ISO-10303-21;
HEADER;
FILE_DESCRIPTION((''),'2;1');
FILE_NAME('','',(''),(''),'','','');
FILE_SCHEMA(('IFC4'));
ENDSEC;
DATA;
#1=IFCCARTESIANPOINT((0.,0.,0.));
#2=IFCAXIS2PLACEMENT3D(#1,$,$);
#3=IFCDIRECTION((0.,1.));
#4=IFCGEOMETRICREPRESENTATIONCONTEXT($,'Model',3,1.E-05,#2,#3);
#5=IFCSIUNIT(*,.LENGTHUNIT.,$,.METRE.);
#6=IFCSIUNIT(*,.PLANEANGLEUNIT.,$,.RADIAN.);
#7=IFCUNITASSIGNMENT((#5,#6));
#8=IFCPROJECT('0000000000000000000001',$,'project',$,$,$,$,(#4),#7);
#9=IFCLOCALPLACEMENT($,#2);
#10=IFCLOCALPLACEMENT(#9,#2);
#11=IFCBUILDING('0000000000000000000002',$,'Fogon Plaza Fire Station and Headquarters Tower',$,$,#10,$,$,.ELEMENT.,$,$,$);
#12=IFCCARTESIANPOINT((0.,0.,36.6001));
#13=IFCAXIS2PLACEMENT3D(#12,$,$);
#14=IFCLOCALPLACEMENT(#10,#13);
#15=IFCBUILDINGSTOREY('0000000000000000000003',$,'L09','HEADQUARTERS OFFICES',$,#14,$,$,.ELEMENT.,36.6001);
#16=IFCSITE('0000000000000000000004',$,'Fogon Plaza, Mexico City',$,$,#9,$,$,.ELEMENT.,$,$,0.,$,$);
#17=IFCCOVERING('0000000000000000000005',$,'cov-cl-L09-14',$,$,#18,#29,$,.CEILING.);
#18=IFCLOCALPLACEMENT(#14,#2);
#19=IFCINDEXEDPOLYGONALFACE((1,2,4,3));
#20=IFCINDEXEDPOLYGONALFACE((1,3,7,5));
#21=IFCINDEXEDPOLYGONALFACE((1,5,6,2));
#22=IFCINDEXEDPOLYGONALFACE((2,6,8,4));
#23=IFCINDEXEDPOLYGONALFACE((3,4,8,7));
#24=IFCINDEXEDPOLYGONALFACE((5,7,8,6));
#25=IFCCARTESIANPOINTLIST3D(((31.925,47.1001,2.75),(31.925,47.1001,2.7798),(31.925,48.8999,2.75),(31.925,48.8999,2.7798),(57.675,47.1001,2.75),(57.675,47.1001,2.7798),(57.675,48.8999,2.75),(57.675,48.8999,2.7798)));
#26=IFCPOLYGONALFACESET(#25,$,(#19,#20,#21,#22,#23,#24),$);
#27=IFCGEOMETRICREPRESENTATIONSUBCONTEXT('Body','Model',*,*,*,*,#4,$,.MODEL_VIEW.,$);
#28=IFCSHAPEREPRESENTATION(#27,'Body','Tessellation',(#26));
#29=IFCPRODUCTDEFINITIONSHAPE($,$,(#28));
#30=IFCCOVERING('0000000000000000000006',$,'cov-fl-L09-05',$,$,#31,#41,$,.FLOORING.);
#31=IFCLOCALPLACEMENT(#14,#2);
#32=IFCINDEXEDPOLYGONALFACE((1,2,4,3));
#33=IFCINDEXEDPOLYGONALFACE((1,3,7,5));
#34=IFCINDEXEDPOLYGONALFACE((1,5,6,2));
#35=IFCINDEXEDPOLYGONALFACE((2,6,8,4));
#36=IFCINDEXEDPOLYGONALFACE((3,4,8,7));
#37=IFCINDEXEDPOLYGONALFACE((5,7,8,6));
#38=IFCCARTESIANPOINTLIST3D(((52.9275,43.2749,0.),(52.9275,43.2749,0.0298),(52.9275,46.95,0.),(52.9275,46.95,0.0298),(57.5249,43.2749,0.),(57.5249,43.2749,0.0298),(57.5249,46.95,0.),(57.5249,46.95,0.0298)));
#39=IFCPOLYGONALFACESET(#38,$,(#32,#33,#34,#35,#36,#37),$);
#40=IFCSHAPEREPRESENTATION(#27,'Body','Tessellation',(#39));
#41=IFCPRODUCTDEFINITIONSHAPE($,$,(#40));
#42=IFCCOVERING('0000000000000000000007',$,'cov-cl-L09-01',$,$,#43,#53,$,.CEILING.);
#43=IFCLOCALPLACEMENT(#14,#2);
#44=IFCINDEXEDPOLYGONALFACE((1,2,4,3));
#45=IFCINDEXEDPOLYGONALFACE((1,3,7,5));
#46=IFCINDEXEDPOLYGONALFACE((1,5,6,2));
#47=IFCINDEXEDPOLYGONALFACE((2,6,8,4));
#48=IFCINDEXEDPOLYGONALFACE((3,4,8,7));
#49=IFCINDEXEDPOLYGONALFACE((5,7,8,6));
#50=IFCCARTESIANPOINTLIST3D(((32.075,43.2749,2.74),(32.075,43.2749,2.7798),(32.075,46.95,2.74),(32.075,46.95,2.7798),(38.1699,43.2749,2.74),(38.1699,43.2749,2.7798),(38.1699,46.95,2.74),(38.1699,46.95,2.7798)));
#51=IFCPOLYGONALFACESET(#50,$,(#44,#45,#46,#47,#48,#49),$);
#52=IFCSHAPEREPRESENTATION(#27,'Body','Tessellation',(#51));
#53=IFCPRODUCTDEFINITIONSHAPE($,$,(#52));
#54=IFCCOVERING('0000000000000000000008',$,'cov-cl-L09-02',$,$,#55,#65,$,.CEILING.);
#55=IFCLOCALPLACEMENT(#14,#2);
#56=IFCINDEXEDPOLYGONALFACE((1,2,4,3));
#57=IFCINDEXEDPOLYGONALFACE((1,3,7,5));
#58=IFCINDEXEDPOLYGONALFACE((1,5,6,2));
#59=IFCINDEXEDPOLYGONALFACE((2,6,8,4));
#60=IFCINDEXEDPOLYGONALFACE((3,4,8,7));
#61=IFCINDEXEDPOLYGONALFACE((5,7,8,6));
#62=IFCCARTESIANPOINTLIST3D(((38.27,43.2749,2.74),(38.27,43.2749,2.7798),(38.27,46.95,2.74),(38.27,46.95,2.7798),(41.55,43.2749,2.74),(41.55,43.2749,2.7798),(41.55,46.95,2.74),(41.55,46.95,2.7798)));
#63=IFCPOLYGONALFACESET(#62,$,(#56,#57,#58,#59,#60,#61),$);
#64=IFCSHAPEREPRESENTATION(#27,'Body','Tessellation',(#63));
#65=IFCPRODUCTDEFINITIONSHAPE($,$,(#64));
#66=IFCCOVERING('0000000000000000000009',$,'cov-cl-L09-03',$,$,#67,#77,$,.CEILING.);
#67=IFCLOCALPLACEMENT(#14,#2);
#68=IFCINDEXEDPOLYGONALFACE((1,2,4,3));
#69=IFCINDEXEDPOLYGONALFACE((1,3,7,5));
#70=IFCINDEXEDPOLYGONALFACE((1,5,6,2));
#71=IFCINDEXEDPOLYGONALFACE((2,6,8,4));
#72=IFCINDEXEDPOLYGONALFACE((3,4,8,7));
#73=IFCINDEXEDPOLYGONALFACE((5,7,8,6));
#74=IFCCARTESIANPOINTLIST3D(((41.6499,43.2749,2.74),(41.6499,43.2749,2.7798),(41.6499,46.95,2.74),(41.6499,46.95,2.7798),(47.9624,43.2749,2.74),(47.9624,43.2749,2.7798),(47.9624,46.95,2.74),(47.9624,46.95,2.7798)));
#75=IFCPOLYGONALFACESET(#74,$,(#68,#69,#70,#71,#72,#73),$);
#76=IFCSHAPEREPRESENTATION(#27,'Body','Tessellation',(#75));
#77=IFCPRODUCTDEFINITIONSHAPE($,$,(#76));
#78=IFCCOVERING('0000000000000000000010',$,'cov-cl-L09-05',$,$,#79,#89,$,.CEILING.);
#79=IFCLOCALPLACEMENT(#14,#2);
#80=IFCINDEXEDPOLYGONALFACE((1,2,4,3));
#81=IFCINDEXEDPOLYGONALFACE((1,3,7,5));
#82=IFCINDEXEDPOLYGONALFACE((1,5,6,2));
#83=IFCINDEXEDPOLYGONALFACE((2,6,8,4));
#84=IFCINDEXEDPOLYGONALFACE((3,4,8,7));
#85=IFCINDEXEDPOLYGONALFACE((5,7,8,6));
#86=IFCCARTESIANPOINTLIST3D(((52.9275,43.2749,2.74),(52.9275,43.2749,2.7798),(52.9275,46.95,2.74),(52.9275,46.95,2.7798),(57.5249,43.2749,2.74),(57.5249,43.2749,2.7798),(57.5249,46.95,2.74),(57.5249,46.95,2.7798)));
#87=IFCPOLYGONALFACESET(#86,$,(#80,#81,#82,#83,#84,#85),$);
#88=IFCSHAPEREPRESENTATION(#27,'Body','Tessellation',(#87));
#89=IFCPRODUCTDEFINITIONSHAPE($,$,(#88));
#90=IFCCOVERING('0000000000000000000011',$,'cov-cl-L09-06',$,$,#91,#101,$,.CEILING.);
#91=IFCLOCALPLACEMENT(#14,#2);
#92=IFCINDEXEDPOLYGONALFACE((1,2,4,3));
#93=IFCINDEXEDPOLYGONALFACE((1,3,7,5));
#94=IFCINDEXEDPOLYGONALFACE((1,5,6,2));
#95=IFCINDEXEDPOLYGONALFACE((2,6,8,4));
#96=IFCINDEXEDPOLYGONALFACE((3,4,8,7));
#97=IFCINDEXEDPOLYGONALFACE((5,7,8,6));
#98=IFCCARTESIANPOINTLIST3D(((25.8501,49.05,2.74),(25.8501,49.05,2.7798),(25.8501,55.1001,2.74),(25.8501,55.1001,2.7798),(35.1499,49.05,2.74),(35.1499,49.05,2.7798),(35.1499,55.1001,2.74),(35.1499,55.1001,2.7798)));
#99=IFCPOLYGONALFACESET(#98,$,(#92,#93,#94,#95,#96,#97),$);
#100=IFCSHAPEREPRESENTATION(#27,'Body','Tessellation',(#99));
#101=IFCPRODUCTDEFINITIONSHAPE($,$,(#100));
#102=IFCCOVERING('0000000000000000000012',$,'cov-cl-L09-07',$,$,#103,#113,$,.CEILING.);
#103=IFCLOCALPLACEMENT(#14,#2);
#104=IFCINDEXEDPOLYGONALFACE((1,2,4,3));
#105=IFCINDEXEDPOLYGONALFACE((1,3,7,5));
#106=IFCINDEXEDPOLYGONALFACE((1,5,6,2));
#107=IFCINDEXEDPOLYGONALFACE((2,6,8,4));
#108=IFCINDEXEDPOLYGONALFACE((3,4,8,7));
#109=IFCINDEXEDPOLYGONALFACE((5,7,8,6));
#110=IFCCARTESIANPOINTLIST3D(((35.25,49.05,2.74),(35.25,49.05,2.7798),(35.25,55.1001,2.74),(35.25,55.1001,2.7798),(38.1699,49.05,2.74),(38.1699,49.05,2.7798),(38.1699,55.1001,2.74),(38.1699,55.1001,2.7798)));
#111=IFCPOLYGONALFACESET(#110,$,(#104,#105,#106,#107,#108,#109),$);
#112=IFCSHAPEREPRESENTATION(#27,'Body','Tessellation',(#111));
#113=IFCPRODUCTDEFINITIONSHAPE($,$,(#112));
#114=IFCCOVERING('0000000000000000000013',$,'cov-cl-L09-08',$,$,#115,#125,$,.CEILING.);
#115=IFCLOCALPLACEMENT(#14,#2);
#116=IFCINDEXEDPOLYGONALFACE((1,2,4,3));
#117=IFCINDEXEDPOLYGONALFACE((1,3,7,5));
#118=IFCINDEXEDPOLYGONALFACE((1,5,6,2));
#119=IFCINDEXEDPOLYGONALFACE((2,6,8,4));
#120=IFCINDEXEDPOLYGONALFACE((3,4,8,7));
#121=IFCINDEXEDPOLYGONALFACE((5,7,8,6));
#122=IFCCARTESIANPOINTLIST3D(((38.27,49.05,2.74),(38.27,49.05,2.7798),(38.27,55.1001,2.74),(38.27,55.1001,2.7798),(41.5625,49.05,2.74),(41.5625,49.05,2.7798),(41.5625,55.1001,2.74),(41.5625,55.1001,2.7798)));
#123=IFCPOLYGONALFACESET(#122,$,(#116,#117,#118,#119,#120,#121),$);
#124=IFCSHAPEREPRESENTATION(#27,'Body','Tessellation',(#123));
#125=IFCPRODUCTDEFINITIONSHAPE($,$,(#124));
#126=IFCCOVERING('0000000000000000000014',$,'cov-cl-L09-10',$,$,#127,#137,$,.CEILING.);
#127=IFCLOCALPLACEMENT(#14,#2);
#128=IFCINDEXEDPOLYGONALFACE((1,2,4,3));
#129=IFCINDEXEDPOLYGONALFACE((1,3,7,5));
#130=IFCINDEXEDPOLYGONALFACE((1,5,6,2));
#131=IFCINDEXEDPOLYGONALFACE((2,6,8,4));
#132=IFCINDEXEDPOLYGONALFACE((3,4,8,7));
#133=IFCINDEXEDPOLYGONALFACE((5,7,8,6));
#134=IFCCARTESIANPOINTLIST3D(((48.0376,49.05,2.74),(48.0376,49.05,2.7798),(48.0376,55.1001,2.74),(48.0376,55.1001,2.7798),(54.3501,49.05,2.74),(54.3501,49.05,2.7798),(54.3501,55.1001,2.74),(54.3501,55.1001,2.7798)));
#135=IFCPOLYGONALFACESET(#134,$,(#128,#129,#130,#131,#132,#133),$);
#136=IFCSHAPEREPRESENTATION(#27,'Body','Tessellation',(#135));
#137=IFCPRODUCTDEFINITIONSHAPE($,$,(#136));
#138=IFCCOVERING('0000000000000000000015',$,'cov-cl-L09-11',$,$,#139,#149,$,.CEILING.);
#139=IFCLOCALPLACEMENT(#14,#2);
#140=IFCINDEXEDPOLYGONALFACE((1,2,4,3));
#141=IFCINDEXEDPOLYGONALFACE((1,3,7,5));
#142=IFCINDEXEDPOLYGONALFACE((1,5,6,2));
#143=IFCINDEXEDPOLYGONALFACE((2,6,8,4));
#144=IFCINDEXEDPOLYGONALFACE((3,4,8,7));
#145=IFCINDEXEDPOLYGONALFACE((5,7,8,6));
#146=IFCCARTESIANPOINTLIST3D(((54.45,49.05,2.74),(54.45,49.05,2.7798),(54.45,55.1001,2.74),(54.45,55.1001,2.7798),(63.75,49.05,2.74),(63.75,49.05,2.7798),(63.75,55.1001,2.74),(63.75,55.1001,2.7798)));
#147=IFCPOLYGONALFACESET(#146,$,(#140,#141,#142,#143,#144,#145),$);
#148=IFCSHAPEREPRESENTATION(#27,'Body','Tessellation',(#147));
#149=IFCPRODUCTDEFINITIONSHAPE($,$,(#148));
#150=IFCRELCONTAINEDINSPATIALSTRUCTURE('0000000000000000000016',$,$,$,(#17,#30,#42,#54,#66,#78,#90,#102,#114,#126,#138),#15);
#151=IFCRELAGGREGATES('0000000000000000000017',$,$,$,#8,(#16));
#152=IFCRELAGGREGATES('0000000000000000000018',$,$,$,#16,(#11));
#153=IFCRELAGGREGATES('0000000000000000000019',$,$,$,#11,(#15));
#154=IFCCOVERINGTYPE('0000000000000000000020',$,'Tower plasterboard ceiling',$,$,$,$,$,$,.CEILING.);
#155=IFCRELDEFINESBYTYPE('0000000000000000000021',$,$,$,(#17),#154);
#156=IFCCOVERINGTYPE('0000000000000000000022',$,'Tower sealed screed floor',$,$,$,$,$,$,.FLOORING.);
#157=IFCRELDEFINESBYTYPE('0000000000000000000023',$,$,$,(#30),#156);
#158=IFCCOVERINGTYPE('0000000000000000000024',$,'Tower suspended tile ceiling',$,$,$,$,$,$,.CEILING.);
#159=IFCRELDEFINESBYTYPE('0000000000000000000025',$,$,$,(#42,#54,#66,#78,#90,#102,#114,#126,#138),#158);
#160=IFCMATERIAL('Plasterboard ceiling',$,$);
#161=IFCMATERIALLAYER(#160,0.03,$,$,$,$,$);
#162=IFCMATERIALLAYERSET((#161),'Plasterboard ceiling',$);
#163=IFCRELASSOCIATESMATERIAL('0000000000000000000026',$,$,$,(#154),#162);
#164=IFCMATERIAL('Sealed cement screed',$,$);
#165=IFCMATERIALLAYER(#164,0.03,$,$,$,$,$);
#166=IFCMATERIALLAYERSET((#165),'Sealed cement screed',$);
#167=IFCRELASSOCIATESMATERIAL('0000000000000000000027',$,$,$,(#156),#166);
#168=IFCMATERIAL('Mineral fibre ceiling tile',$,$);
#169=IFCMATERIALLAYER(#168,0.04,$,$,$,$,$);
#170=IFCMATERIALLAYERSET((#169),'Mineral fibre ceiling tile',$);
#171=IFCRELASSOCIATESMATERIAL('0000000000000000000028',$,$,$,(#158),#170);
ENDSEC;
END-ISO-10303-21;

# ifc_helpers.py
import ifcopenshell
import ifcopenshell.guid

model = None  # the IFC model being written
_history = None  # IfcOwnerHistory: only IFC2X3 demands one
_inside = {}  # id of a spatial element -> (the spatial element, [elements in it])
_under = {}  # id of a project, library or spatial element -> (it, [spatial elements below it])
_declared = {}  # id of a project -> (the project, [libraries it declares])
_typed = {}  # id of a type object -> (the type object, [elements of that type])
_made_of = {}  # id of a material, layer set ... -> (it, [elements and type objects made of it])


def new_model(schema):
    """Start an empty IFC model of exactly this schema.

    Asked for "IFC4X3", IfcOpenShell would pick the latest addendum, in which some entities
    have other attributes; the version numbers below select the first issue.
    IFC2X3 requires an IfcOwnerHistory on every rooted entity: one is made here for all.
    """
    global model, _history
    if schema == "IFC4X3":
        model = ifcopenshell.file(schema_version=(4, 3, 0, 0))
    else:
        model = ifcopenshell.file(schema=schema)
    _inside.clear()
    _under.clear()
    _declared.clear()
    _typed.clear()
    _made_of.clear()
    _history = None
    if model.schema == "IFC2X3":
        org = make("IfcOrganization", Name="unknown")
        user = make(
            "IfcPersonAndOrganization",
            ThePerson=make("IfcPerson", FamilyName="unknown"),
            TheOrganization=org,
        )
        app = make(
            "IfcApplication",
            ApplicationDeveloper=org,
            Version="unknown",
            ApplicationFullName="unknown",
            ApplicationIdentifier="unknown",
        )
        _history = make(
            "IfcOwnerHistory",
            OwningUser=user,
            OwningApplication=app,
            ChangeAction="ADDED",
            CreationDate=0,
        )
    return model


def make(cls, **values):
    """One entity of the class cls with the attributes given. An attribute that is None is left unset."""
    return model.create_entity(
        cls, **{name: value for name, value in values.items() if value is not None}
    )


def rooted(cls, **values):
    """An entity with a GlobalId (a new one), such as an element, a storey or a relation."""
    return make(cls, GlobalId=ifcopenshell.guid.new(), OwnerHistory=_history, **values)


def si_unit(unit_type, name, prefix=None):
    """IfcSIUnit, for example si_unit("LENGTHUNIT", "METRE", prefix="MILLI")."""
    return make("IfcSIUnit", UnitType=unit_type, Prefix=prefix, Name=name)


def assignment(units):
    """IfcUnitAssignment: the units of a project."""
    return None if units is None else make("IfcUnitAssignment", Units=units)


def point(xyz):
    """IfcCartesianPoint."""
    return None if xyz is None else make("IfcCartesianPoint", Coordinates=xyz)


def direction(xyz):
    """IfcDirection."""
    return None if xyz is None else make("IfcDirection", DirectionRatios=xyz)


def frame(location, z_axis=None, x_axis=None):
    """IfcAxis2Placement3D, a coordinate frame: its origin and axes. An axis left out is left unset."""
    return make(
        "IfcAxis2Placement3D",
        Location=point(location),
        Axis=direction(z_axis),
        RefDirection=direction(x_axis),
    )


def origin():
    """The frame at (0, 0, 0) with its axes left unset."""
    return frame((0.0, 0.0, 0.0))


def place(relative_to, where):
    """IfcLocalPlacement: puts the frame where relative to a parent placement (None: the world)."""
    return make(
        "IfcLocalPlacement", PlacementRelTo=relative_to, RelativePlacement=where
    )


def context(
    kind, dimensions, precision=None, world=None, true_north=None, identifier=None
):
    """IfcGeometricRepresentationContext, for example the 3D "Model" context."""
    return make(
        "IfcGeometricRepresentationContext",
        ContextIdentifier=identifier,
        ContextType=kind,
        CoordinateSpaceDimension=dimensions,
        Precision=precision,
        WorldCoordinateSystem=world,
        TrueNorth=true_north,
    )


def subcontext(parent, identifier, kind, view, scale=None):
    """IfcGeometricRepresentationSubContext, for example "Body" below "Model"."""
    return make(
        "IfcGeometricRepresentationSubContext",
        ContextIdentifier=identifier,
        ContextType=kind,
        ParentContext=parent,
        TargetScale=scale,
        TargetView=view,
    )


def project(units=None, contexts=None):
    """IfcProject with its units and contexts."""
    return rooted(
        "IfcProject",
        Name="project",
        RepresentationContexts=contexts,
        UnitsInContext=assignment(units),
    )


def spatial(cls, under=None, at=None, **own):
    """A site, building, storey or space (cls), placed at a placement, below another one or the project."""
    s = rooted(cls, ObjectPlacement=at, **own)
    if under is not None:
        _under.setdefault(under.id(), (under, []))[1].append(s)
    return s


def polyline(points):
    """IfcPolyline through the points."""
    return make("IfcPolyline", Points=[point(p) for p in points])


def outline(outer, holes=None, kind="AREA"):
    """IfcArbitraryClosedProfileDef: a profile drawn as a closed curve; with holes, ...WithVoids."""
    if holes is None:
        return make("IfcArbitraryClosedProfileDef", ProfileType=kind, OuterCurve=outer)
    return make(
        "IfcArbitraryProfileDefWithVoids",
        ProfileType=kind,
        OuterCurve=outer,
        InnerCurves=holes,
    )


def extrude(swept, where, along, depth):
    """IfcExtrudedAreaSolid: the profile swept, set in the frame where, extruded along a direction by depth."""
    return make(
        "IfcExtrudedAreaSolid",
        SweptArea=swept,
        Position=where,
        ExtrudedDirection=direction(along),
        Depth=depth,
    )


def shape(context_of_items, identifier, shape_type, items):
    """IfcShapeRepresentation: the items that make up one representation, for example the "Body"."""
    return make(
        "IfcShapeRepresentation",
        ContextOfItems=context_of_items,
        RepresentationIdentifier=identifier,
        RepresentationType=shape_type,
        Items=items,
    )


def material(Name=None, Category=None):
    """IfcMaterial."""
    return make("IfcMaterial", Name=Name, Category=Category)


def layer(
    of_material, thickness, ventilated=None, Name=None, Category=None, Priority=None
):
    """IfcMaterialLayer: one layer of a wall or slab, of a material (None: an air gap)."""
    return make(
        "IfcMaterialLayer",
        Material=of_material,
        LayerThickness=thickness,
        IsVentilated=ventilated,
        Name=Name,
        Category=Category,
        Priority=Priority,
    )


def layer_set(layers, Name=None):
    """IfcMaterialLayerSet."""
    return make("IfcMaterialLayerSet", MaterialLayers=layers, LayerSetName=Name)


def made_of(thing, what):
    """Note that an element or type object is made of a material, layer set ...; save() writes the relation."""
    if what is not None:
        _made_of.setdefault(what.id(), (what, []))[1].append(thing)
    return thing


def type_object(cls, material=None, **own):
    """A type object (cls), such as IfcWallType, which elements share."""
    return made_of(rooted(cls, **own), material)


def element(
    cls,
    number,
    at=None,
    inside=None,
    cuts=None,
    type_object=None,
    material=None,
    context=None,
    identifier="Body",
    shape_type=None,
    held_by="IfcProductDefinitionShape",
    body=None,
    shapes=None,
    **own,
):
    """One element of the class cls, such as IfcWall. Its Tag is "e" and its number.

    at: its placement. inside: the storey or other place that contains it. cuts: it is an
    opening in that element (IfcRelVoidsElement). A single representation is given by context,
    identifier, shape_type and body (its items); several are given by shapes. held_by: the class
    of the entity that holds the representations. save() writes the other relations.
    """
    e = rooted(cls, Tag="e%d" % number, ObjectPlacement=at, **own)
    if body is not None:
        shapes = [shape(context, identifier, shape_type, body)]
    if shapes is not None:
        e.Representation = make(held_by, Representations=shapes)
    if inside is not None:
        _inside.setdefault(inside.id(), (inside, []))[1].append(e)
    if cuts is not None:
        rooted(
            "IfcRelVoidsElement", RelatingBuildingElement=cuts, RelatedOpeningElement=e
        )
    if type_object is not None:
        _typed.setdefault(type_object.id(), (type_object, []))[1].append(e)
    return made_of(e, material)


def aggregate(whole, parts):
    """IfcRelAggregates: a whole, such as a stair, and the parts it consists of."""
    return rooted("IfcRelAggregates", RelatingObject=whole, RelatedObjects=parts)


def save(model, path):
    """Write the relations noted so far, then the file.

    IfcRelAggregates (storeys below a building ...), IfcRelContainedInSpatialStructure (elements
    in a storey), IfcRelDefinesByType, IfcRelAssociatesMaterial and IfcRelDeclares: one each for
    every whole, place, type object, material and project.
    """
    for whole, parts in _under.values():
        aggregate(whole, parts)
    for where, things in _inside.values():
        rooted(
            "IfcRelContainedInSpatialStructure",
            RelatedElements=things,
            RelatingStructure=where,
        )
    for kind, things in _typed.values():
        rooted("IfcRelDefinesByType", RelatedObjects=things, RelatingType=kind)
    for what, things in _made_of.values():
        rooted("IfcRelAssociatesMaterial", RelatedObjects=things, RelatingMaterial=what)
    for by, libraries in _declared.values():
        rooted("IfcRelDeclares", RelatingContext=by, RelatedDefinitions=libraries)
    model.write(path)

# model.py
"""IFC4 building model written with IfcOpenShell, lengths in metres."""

from ifc_helpers import new_model, si_unit, direction, frame, origin, place, context, subcontext, project, spatial, polyline, outline, extrude, material, layer, layer_set, type_object, element, save


model = new_model("IFC4")

# Units and contexts
model_context = context("Model", 3, precision=1e-05, world=origin(), true_north=direction((0.0, 1.0)))
body_context = subcontext(model_context, "Body", "Model", "MODEL_VIEW")
ifc_project = project(units=[si_unit("LENGTHUNIT", "METRE"), si_unit("PLANEANGLEUNIT", "RADIAN")], contexts=[model_context])

# Site, building, storey
site_placement = place(None, origin())
site = spatial("IfcSite", under=ifc_project, at=site_placement, Name="Fogon Plaza, Mexico City", CompositionType="ELEMENT", RefElevation=0.0)
building_placement = place(site_placement, origin())
building = spatial("IfcBuilding", under=site, at=building_placement, Name="Fogon Plaza Fire Station and Headquarters Tower", CompositionType="ELEMENT")
storey_placement = place(building_placement, frame((0.0, 0.0, 36.6001)))
storey = spatial("IfcBuildingStorey", under=building, at=storey_placement, Name="L09", Description="HEADQUARTERS OFFICES", CompositionType="ELEMENT", Elevation=36.6001)

# Coverings
ifc_material_1 = material(Name="Plasterboard ceiling")
ifc_layer_1 = layer(ifc_material_1, 0.03)
ifc_layer_set_1 = layer_set([ifc_layer_1], Name="Plasterboard ceiling")
covering_type_1 = type_object("IfcCoveringType", Name="Tower plasterboard ceiling", PredefinedType="CEILING", material=ifc_layer_set_1)
covering_1_placement = place(storey_placement, frame((0.0, 0.0, 2.75)))
element("IfcCovering", 1, at=covering_1_placement, inside=storey, type_object=covering_type_1, Name="cov-cl-L09-14", PredefinedType="CEILING", context=body_context, shape_type="SweptSolid", body=[
    extrude(outline(polyline([(57.675, 47.1001), (57.675, 48.8999), (31.925, 48.8999), (31.925, 47.1001), (57.675, 47.1001)])), origin(), (0.0, 0.0, 1.0), 0.0298),
])
ifc_material_2 = material(Name="Sealed cement screed")
ifc_layer_2 = layer(ifc_material_2, 0.03)
ifc_layer_set_2 = layer_set([ifc_layer_2], Name="Sealed cement screed")
covering_type_2 = type_object("IfcCoveringType", Name="Tower sealed screed floor", PredefinedType="FLOORING", material=ifc_layer_set_2)
covering_2_placement = place(storey_placement, origin())
element("IfcCovering", 2, at=covering_2_placement, inside=storey, type_object=covering_type_2, Name="cov-fl-L09-05", PredefinedType="FLOORING", context=body_context, shape_type="SweptSolid", body=[
    extrude(outline(polyline([(57.5249, 43.2749), (57.5249, 46.95), (52.9275, 46.95), (52.9275, 43.2749), (57.5249, 43.2749)])), origin(), (0.0, 0.0, 1.0), 0.0298),
])
ifc_material_3 = material(Name="Mineral fibre ceiling tile")
ifc_layer_3 = layer(ifc_material_3, 0.04)
ifc_layer_set_3 = layer_set([ifc_layer_3], Name="Mineral fibre ceiling tile")
covering_type_3 = type_object("IfcCoveringType", Name="Tower suspended tile ceiling", PredefinedType="CEILING", material=ifc_layer_set_3)
covering_3_placement = place(storey_placement, frame((0.0, 0.0, 2.74)))
element("IfcCovering", 3, at=covering_3_placement, inside=storey, type_object=covering_type_3, Name="cov-cl-L09-01", PredefinedType="CEILING", context=body_context, shape_type="SweptSolid", body=[
    extrude(outline(polyline([(38.1699, 43.2749), (38.1699, 46.95), (32.075, 46.95), (32.075, 43.2749), (38.1699, 43.2749)])), origin(), (0.0, 0.0, 1.0), 0.0398),
])
covering_4_placement = place(storey_placement, frame((0.0, 0.0, 2.74)))
element("IfcCovering", 4, at=covering_4_placement, inside=storey, type_object=covering_type_3, Name="cov-cl-L09-02", PredefinedType="CEILING", context=body_context, shape_type="SweptSolid", body=[
    extrude(outline(polyline([(41.55, 43.2749), (41.55, 46.95), (38.27, 46.95), (38.27, 43.2749), (41.55, 43.2749)])), origin(), (0.0, 0.0, 1.0), 0.0398),
])
covering_5_placement = place(storey_placement, frame((0.0, 0.0, 2.74)))
element("IfcCovering", 5, at=covering_5_placement, inside=storey, type_object=covering_type_3, Name="cov-cl-L09-03", PredefinedType="CEILING", context=body_context, shape_type="SweptSolid", body=[
    extrude(outline(polyline([(47.9624, 43.2749), (47.9624, 46.95), (41.6499, 46.95), (41.6499, 43.2749), (47.9624, 43.2749)])), origin(), (0.0, 0.0, 1.0), 0.0398),
])
covering_6_placement = place(storey_placement, frame((0.0, 0.0, 2.74)))
element("IfcCovering", 6, at=covering_6_placement, inside=storey, type_object=covering_type_3, Name="cov-cl-L09-05", PredefinedType="CEILING", context=body_context, shape_type="SweptSolid", body=[
    extrude(outline(polyline([(57.5249, 43.2749), (57.5249, 46.95), (52.9275, 46.95), (52.9275, 43.2749), (57.5249, 43.2749)])), origin(), (0.0, 0.0, 1.0), 0.0398),
])
covering_7_placement = place(storey_placement, frame((0.0, 0.0, 2.74)))
element("IfcCovering", 7, at=covering_7_placement, inside=storey, type_object=covering_type_3, Name="cov-cl-L09-06", PredefinedType="CEILING", context=body_context, shape_type="SweptSolid", body=[
    extrude(outline(polyline([(35.1499, 49.05), (35.1499, 55.1001), (25.8501, 55.1001), (25.8501, 49.05), (35.1499, 49.05)])), origin(), (0.0, 0.0, 1.0), 0.0398),
])
covering_8_placement = place(storey_placement, frame((0.0, 0.0, 2.74)))
element("IfcCovering", 8, at=covering_8_placement, inside=storey, type_object=covering_type_3, Name="cov-cl-L09-07", PredefinedType="CEILING", context=body_context, shape_type="SweptSolid", body=[
    extrude(outline(polyline([(38.1699, 49.05), (38.1699, 55.1001), (35.25, 55.1001), (35.25, 49.05), (38.1699, 49.05)])), origin(), (0.0, 0.0, 1.0), 0.0398),
])
covering_9_placement = place(storey_placement, frame((0.0, 0.0, 2.74)))
element("IfcCovering", 9, at=covering_9_placement, inside=storey, type_object=covering_type_3, Name="cov-cl-L09-08", PredefinedType="CEILING", context=body_context, shape_type="SweptSolid", body=[
    extrude(outline(polyline([(41.5625, 49.05), (41.5625, 55.1001), (38.27, 55.1001), (38.27, 49.05), (41.5625, 49.05)])), origin(), (0.0, 0.0, 1.0), 0.0398),
])
covering_10_placement = place(storey_placement, frame((0.0, 0.0, 2.74)))
element("IfcCovering", 10, at=covering_10_placement, inside=storey, type_object=covering_type_3, Name="cov-cl-L09-10", PredefinedType="CEILING", context=body_context, shape_type="SweptSolid", body=[
    extrude(outline(polyline([(54.3501, 49.05), (54.3501, 55.1001), (48.0376, 55.1001), (48.0376, 49.05), (54.3501, 49.05)])), origin(), (0.0, 0.0, 1.0), 0.0398),
])
covering_11_placement = place(storey_placement, frame((0.0, 0.0, 2.74)))
element("IfcCovering", 11, at=covering_11_placement, inside=storey, type_object=covering_type_3, Name="cov-cl-L09-11", PredefinedType="CEILING", context=body_context, shape_type="SweptSolid", body=[
    extrude(outline(polyline([(63.75, 49.05), (63.75, 55.1001), (54.45, 55.1001), (54.45, 49.05), (63.75, 49.05)])), origin(), (0.0, 0.0, 1.0), 0.0398),
])

save(model, "model.ifc")
